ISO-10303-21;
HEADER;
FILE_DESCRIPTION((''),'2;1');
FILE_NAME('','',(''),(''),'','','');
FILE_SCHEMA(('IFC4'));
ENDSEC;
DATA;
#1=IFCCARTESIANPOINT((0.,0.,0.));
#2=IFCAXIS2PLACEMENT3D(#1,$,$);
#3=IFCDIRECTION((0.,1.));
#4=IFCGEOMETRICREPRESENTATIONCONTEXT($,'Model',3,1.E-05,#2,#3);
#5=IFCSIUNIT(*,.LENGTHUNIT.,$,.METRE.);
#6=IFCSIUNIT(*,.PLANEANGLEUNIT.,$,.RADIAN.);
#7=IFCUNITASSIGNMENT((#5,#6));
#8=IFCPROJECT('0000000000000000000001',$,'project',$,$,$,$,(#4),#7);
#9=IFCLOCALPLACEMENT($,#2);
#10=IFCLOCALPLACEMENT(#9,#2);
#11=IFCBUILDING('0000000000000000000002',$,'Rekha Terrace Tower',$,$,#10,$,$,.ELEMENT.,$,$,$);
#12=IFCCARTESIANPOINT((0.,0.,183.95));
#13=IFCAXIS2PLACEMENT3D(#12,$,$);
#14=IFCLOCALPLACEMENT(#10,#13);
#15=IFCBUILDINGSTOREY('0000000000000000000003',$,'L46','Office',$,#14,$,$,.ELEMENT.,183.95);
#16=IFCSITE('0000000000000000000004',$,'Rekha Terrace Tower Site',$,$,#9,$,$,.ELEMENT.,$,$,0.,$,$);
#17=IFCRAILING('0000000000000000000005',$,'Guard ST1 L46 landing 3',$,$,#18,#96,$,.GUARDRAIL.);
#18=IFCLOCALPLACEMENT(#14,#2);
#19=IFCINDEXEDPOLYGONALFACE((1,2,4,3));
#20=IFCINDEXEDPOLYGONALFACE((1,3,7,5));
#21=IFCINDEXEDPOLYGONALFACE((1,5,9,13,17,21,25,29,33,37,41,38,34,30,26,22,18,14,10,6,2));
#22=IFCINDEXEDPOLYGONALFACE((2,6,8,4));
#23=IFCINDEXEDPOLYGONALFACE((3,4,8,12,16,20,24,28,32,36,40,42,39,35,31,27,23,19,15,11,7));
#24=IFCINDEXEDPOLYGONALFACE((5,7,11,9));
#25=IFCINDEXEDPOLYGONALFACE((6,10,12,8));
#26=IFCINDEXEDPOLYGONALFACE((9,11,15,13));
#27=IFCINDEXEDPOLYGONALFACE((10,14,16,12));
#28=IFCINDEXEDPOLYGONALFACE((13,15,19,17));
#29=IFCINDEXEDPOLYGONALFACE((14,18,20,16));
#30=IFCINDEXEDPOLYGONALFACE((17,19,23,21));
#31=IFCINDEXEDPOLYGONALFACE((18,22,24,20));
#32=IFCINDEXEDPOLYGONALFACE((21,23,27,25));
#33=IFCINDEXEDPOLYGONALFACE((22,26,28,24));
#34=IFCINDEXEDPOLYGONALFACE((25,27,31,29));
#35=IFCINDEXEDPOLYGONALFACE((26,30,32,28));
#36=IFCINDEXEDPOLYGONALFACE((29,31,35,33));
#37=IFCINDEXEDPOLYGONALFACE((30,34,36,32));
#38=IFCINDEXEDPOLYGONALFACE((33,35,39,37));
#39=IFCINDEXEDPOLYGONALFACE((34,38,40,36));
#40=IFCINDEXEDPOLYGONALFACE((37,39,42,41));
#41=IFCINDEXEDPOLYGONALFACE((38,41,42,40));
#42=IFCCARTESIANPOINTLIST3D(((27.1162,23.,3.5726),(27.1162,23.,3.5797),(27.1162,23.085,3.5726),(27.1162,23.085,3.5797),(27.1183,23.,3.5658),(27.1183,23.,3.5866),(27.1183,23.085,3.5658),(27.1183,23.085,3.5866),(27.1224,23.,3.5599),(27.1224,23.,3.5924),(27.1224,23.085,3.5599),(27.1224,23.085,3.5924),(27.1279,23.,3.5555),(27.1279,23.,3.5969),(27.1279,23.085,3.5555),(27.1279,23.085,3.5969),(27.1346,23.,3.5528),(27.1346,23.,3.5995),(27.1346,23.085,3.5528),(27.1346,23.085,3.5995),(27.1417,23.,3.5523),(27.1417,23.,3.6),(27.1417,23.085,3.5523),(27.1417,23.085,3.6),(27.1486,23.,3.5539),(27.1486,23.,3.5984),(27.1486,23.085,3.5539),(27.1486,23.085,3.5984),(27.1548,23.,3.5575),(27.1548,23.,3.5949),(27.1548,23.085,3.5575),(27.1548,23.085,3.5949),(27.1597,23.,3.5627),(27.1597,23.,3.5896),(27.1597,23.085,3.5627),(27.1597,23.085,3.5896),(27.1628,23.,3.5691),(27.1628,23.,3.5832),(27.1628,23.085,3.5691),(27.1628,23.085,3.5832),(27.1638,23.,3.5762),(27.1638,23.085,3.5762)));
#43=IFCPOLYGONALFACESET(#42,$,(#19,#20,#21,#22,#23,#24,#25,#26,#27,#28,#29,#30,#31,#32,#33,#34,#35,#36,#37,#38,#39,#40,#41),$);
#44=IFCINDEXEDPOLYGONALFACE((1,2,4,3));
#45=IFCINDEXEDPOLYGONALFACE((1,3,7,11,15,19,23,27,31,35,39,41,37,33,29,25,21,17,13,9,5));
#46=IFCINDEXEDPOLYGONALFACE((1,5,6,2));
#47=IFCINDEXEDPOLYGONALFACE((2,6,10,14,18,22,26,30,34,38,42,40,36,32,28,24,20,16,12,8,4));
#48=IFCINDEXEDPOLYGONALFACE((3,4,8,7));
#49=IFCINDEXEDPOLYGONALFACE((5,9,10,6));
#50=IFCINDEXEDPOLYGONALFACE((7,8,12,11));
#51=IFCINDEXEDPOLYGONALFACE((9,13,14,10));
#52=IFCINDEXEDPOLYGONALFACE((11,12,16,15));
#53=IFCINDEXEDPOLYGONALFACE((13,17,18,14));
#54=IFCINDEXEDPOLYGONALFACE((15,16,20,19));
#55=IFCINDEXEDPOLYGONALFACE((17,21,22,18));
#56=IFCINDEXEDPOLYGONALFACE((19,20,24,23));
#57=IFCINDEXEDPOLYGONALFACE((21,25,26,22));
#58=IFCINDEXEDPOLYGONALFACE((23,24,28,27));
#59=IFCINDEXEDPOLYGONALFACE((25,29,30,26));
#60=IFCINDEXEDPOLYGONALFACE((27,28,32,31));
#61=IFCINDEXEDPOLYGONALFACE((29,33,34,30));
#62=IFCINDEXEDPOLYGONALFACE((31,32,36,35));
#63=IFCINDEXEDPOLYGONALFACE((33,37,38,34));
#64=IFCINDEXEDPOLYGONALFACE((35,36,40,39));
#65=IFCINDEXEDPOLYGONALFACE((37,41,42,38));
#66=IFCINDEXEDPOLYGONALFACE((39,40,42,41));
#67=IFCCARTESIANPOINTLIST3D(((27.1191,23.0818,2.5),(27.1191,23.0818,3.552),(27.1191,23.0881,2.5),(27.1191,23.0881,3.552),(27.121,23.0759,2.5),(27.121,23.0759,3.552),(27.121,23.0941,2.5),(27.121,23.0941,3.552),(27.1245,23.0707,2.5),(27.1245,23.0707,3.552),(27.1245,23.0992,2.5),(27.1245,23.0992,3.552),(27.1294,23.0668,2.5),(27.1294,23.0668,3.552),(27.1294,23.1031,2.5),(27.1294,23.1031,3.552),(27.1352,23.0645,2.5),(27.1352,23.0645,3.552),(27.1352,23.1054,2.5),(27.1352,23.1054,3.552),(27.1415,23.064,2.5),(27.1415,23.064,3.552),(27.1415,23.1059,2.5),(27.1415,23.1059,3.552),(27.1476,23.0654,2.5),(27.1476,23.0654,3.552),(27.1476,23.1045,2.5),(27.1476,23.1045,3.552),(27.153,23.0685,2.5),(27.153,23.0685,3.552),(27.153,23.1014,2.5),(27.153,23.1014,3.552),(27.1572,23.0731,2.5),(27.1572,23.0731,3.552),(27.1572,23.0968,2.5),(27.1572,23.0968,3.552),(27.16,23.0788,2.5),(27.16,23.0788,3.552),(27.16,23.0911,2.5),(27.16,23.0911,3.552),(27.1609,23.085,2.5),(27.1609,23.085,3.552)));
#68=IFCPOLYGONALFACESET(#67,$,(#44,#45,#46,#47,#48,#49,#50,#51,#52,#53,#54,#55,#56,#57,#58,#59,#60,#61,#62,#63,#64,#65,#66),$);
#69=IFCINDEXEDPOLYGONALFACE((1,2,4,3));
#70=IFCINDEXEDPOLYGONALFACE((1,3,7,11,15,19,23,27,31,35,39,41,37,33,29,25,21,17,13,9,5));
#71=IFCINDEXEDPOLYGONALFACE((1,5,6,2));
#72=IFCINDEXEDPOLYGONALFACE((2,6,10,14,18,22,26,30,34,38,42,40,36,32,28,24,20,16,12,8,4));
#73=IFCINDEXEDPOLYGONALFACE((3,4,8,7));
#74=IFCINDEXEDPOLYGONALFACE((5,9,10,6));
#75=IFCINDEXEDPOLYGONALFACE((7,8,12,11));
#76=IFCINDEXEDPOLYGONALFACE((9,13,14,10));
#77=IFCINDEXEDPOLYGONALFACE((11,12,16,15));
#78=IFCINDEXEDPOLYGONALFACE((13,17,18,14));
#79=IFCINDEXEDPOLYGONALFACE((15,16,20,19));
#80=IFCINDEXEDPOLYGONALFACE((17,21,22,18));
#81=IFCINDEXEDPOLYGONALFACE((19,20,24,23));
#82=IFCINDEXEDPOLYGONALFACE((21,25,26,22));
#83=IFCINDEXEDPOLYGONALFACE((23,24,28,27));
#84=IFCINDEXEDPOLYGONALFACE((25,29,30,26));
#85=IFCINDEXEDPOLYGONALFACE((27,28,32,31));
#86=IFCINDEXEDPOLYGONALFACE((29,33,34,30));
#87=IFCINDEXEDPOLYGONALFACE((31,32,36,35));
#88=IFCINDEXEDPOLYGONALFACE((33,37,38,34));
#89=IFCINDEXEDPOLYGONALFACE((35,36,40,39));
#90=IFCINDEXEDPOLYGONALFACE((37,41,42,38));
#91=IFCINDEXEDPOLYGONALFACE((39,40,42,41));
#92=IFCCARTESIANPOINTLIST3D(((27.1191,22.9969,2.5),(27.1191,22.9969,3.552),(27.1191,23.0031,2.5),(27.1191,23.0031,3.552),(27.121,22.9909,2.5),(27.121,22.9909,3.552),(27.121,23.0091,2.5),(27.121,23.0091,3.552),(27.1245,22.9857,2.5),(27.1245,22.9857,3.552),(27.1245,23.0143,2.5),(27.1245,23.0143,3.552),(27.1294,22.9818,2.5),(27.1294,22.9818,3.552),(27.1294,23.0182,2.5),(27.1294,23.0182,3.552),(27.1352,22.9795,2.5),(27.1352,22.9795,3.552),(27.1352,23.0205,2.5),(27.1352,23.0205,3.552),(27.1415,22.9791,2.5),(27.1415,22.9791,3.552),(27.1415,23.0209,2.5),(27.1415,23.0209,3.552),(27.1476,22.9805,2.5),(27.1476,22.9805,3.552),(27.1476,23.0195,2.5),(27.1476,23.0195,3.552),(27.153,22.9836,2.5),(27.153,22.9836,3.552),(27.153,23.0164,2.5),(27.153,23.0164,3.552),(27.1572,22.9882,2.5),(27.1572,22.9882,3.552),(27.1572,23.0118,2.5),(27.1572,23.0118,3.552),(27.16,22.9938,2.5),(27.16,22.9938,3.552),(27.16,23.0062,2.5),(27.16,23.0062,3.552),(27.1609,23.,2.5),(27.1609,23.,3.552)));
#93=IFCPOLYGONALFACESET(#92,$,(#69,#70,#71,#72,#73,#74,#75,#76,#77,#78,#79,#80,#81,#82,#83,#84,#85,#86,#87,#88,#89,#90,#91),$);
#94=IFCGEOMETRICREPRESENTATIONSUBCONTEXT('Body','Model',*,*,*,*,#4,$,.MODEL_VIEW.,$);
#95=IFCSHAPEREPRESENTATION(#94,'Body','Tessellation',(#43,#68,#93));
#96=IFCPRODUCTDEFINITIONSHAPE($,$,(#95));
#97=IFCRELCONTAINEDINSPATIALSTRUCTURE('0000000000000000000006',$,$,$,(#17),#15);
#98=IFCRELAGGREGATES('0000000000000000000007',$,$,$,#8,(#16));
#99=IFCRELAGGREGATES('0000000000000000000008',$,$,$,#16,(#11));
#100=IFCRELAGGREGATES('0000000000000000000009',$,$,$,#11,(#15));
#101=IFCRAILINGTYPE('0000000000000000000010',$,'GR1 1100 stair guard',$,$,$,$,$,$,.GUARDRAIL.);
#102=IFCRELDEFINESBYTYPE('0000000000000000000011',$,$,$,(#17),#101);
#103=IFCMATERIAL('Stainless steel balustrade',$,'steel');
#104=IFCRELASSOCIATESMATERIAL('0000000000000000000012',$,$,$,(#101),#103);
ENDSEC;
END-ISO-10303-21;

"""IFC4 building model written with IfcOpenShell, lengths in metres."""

from ifc_helpers import new_model, si_unit, direction, frame, origin, origin_2d, place, context, subcontext, project, spatial, circle, extrude, material, type_object, element, save


model = new_model("IFC4")

# Units and contexts
model_context = context("Model", 3, precision=1e-05, world=origin(), true_north=direction((0.0, 1.0)))
body_context = subcontext(model_context, "Body", "Model", "MODEL_VIEW")
ifc_project = project(units=[si_unit("LENGTHUNIT", "METRE"), si_unit("PLANEANGLEUNIT", "RADIAN")], contexts=[model_context])

# Site, building, storey
site_placement = place(None, origin())
site = spatial("IfcSite", under=ifc_project, at=site_placement, Name="Rekha Terrace Tower Site", CompositionType="ELEMENT", RefElevation=0.0)
building_placement = place(site_placement, origin())
building = spatial("IfcBuilding", under=site, at=building_placement, Name="Rekha Terrace Tower", CompositionType="ELEMENT")
storey_placement = place(building_placement, frame((0.0, 0.0, 183.95)))
storey = spatial("IfcBuildingStorey", under=building, at=storey_placement, Name="L46", Description="Office", CompositionType="ELEMENT", Elevation=183.95)

# Railing
ifc_material_1 = material(Name="Stainless steel balustrade", Category="steel")
railing_type_1 = type_object("IfcRailingType", Name="GR1 1100 stair guard", PredefinedType="GUARDRAIL", material=ifc_material_1)
railing_1_placement = place(storey_placement, frame((27.1399, 23.085, 2.5)))
element("IfcRailing", 1, at=railing_1_placement, inside=storey, type_object=railing_type_1, Name="Guard ST1 L46 landing 3", PredefinedType="GUARDRAIL", context=body_context, shape_type="SweptSolid", body=[
    extrude(circle(Radius=0.0239, at=origin_2d()), frame((0.0, 0.0, 1.0762), z_axis=(0.0, -1.0, 0.0), x_axis=(1.0, 0.0, 0.0)), (0.0, 0.0, 1.0), 0.085),
    extrude(circle(Radius=0.021, at=origin_2d()), origin(), (0.0, 0.0, 1.0), 1.052),
    extrude(circle(Radius=0.021, at=origin_2d()), frame((0.0, -0.085, 0.0)), (0.0, 0.0, 1.0), 1.052),
])

save(model, "model.ifc")
